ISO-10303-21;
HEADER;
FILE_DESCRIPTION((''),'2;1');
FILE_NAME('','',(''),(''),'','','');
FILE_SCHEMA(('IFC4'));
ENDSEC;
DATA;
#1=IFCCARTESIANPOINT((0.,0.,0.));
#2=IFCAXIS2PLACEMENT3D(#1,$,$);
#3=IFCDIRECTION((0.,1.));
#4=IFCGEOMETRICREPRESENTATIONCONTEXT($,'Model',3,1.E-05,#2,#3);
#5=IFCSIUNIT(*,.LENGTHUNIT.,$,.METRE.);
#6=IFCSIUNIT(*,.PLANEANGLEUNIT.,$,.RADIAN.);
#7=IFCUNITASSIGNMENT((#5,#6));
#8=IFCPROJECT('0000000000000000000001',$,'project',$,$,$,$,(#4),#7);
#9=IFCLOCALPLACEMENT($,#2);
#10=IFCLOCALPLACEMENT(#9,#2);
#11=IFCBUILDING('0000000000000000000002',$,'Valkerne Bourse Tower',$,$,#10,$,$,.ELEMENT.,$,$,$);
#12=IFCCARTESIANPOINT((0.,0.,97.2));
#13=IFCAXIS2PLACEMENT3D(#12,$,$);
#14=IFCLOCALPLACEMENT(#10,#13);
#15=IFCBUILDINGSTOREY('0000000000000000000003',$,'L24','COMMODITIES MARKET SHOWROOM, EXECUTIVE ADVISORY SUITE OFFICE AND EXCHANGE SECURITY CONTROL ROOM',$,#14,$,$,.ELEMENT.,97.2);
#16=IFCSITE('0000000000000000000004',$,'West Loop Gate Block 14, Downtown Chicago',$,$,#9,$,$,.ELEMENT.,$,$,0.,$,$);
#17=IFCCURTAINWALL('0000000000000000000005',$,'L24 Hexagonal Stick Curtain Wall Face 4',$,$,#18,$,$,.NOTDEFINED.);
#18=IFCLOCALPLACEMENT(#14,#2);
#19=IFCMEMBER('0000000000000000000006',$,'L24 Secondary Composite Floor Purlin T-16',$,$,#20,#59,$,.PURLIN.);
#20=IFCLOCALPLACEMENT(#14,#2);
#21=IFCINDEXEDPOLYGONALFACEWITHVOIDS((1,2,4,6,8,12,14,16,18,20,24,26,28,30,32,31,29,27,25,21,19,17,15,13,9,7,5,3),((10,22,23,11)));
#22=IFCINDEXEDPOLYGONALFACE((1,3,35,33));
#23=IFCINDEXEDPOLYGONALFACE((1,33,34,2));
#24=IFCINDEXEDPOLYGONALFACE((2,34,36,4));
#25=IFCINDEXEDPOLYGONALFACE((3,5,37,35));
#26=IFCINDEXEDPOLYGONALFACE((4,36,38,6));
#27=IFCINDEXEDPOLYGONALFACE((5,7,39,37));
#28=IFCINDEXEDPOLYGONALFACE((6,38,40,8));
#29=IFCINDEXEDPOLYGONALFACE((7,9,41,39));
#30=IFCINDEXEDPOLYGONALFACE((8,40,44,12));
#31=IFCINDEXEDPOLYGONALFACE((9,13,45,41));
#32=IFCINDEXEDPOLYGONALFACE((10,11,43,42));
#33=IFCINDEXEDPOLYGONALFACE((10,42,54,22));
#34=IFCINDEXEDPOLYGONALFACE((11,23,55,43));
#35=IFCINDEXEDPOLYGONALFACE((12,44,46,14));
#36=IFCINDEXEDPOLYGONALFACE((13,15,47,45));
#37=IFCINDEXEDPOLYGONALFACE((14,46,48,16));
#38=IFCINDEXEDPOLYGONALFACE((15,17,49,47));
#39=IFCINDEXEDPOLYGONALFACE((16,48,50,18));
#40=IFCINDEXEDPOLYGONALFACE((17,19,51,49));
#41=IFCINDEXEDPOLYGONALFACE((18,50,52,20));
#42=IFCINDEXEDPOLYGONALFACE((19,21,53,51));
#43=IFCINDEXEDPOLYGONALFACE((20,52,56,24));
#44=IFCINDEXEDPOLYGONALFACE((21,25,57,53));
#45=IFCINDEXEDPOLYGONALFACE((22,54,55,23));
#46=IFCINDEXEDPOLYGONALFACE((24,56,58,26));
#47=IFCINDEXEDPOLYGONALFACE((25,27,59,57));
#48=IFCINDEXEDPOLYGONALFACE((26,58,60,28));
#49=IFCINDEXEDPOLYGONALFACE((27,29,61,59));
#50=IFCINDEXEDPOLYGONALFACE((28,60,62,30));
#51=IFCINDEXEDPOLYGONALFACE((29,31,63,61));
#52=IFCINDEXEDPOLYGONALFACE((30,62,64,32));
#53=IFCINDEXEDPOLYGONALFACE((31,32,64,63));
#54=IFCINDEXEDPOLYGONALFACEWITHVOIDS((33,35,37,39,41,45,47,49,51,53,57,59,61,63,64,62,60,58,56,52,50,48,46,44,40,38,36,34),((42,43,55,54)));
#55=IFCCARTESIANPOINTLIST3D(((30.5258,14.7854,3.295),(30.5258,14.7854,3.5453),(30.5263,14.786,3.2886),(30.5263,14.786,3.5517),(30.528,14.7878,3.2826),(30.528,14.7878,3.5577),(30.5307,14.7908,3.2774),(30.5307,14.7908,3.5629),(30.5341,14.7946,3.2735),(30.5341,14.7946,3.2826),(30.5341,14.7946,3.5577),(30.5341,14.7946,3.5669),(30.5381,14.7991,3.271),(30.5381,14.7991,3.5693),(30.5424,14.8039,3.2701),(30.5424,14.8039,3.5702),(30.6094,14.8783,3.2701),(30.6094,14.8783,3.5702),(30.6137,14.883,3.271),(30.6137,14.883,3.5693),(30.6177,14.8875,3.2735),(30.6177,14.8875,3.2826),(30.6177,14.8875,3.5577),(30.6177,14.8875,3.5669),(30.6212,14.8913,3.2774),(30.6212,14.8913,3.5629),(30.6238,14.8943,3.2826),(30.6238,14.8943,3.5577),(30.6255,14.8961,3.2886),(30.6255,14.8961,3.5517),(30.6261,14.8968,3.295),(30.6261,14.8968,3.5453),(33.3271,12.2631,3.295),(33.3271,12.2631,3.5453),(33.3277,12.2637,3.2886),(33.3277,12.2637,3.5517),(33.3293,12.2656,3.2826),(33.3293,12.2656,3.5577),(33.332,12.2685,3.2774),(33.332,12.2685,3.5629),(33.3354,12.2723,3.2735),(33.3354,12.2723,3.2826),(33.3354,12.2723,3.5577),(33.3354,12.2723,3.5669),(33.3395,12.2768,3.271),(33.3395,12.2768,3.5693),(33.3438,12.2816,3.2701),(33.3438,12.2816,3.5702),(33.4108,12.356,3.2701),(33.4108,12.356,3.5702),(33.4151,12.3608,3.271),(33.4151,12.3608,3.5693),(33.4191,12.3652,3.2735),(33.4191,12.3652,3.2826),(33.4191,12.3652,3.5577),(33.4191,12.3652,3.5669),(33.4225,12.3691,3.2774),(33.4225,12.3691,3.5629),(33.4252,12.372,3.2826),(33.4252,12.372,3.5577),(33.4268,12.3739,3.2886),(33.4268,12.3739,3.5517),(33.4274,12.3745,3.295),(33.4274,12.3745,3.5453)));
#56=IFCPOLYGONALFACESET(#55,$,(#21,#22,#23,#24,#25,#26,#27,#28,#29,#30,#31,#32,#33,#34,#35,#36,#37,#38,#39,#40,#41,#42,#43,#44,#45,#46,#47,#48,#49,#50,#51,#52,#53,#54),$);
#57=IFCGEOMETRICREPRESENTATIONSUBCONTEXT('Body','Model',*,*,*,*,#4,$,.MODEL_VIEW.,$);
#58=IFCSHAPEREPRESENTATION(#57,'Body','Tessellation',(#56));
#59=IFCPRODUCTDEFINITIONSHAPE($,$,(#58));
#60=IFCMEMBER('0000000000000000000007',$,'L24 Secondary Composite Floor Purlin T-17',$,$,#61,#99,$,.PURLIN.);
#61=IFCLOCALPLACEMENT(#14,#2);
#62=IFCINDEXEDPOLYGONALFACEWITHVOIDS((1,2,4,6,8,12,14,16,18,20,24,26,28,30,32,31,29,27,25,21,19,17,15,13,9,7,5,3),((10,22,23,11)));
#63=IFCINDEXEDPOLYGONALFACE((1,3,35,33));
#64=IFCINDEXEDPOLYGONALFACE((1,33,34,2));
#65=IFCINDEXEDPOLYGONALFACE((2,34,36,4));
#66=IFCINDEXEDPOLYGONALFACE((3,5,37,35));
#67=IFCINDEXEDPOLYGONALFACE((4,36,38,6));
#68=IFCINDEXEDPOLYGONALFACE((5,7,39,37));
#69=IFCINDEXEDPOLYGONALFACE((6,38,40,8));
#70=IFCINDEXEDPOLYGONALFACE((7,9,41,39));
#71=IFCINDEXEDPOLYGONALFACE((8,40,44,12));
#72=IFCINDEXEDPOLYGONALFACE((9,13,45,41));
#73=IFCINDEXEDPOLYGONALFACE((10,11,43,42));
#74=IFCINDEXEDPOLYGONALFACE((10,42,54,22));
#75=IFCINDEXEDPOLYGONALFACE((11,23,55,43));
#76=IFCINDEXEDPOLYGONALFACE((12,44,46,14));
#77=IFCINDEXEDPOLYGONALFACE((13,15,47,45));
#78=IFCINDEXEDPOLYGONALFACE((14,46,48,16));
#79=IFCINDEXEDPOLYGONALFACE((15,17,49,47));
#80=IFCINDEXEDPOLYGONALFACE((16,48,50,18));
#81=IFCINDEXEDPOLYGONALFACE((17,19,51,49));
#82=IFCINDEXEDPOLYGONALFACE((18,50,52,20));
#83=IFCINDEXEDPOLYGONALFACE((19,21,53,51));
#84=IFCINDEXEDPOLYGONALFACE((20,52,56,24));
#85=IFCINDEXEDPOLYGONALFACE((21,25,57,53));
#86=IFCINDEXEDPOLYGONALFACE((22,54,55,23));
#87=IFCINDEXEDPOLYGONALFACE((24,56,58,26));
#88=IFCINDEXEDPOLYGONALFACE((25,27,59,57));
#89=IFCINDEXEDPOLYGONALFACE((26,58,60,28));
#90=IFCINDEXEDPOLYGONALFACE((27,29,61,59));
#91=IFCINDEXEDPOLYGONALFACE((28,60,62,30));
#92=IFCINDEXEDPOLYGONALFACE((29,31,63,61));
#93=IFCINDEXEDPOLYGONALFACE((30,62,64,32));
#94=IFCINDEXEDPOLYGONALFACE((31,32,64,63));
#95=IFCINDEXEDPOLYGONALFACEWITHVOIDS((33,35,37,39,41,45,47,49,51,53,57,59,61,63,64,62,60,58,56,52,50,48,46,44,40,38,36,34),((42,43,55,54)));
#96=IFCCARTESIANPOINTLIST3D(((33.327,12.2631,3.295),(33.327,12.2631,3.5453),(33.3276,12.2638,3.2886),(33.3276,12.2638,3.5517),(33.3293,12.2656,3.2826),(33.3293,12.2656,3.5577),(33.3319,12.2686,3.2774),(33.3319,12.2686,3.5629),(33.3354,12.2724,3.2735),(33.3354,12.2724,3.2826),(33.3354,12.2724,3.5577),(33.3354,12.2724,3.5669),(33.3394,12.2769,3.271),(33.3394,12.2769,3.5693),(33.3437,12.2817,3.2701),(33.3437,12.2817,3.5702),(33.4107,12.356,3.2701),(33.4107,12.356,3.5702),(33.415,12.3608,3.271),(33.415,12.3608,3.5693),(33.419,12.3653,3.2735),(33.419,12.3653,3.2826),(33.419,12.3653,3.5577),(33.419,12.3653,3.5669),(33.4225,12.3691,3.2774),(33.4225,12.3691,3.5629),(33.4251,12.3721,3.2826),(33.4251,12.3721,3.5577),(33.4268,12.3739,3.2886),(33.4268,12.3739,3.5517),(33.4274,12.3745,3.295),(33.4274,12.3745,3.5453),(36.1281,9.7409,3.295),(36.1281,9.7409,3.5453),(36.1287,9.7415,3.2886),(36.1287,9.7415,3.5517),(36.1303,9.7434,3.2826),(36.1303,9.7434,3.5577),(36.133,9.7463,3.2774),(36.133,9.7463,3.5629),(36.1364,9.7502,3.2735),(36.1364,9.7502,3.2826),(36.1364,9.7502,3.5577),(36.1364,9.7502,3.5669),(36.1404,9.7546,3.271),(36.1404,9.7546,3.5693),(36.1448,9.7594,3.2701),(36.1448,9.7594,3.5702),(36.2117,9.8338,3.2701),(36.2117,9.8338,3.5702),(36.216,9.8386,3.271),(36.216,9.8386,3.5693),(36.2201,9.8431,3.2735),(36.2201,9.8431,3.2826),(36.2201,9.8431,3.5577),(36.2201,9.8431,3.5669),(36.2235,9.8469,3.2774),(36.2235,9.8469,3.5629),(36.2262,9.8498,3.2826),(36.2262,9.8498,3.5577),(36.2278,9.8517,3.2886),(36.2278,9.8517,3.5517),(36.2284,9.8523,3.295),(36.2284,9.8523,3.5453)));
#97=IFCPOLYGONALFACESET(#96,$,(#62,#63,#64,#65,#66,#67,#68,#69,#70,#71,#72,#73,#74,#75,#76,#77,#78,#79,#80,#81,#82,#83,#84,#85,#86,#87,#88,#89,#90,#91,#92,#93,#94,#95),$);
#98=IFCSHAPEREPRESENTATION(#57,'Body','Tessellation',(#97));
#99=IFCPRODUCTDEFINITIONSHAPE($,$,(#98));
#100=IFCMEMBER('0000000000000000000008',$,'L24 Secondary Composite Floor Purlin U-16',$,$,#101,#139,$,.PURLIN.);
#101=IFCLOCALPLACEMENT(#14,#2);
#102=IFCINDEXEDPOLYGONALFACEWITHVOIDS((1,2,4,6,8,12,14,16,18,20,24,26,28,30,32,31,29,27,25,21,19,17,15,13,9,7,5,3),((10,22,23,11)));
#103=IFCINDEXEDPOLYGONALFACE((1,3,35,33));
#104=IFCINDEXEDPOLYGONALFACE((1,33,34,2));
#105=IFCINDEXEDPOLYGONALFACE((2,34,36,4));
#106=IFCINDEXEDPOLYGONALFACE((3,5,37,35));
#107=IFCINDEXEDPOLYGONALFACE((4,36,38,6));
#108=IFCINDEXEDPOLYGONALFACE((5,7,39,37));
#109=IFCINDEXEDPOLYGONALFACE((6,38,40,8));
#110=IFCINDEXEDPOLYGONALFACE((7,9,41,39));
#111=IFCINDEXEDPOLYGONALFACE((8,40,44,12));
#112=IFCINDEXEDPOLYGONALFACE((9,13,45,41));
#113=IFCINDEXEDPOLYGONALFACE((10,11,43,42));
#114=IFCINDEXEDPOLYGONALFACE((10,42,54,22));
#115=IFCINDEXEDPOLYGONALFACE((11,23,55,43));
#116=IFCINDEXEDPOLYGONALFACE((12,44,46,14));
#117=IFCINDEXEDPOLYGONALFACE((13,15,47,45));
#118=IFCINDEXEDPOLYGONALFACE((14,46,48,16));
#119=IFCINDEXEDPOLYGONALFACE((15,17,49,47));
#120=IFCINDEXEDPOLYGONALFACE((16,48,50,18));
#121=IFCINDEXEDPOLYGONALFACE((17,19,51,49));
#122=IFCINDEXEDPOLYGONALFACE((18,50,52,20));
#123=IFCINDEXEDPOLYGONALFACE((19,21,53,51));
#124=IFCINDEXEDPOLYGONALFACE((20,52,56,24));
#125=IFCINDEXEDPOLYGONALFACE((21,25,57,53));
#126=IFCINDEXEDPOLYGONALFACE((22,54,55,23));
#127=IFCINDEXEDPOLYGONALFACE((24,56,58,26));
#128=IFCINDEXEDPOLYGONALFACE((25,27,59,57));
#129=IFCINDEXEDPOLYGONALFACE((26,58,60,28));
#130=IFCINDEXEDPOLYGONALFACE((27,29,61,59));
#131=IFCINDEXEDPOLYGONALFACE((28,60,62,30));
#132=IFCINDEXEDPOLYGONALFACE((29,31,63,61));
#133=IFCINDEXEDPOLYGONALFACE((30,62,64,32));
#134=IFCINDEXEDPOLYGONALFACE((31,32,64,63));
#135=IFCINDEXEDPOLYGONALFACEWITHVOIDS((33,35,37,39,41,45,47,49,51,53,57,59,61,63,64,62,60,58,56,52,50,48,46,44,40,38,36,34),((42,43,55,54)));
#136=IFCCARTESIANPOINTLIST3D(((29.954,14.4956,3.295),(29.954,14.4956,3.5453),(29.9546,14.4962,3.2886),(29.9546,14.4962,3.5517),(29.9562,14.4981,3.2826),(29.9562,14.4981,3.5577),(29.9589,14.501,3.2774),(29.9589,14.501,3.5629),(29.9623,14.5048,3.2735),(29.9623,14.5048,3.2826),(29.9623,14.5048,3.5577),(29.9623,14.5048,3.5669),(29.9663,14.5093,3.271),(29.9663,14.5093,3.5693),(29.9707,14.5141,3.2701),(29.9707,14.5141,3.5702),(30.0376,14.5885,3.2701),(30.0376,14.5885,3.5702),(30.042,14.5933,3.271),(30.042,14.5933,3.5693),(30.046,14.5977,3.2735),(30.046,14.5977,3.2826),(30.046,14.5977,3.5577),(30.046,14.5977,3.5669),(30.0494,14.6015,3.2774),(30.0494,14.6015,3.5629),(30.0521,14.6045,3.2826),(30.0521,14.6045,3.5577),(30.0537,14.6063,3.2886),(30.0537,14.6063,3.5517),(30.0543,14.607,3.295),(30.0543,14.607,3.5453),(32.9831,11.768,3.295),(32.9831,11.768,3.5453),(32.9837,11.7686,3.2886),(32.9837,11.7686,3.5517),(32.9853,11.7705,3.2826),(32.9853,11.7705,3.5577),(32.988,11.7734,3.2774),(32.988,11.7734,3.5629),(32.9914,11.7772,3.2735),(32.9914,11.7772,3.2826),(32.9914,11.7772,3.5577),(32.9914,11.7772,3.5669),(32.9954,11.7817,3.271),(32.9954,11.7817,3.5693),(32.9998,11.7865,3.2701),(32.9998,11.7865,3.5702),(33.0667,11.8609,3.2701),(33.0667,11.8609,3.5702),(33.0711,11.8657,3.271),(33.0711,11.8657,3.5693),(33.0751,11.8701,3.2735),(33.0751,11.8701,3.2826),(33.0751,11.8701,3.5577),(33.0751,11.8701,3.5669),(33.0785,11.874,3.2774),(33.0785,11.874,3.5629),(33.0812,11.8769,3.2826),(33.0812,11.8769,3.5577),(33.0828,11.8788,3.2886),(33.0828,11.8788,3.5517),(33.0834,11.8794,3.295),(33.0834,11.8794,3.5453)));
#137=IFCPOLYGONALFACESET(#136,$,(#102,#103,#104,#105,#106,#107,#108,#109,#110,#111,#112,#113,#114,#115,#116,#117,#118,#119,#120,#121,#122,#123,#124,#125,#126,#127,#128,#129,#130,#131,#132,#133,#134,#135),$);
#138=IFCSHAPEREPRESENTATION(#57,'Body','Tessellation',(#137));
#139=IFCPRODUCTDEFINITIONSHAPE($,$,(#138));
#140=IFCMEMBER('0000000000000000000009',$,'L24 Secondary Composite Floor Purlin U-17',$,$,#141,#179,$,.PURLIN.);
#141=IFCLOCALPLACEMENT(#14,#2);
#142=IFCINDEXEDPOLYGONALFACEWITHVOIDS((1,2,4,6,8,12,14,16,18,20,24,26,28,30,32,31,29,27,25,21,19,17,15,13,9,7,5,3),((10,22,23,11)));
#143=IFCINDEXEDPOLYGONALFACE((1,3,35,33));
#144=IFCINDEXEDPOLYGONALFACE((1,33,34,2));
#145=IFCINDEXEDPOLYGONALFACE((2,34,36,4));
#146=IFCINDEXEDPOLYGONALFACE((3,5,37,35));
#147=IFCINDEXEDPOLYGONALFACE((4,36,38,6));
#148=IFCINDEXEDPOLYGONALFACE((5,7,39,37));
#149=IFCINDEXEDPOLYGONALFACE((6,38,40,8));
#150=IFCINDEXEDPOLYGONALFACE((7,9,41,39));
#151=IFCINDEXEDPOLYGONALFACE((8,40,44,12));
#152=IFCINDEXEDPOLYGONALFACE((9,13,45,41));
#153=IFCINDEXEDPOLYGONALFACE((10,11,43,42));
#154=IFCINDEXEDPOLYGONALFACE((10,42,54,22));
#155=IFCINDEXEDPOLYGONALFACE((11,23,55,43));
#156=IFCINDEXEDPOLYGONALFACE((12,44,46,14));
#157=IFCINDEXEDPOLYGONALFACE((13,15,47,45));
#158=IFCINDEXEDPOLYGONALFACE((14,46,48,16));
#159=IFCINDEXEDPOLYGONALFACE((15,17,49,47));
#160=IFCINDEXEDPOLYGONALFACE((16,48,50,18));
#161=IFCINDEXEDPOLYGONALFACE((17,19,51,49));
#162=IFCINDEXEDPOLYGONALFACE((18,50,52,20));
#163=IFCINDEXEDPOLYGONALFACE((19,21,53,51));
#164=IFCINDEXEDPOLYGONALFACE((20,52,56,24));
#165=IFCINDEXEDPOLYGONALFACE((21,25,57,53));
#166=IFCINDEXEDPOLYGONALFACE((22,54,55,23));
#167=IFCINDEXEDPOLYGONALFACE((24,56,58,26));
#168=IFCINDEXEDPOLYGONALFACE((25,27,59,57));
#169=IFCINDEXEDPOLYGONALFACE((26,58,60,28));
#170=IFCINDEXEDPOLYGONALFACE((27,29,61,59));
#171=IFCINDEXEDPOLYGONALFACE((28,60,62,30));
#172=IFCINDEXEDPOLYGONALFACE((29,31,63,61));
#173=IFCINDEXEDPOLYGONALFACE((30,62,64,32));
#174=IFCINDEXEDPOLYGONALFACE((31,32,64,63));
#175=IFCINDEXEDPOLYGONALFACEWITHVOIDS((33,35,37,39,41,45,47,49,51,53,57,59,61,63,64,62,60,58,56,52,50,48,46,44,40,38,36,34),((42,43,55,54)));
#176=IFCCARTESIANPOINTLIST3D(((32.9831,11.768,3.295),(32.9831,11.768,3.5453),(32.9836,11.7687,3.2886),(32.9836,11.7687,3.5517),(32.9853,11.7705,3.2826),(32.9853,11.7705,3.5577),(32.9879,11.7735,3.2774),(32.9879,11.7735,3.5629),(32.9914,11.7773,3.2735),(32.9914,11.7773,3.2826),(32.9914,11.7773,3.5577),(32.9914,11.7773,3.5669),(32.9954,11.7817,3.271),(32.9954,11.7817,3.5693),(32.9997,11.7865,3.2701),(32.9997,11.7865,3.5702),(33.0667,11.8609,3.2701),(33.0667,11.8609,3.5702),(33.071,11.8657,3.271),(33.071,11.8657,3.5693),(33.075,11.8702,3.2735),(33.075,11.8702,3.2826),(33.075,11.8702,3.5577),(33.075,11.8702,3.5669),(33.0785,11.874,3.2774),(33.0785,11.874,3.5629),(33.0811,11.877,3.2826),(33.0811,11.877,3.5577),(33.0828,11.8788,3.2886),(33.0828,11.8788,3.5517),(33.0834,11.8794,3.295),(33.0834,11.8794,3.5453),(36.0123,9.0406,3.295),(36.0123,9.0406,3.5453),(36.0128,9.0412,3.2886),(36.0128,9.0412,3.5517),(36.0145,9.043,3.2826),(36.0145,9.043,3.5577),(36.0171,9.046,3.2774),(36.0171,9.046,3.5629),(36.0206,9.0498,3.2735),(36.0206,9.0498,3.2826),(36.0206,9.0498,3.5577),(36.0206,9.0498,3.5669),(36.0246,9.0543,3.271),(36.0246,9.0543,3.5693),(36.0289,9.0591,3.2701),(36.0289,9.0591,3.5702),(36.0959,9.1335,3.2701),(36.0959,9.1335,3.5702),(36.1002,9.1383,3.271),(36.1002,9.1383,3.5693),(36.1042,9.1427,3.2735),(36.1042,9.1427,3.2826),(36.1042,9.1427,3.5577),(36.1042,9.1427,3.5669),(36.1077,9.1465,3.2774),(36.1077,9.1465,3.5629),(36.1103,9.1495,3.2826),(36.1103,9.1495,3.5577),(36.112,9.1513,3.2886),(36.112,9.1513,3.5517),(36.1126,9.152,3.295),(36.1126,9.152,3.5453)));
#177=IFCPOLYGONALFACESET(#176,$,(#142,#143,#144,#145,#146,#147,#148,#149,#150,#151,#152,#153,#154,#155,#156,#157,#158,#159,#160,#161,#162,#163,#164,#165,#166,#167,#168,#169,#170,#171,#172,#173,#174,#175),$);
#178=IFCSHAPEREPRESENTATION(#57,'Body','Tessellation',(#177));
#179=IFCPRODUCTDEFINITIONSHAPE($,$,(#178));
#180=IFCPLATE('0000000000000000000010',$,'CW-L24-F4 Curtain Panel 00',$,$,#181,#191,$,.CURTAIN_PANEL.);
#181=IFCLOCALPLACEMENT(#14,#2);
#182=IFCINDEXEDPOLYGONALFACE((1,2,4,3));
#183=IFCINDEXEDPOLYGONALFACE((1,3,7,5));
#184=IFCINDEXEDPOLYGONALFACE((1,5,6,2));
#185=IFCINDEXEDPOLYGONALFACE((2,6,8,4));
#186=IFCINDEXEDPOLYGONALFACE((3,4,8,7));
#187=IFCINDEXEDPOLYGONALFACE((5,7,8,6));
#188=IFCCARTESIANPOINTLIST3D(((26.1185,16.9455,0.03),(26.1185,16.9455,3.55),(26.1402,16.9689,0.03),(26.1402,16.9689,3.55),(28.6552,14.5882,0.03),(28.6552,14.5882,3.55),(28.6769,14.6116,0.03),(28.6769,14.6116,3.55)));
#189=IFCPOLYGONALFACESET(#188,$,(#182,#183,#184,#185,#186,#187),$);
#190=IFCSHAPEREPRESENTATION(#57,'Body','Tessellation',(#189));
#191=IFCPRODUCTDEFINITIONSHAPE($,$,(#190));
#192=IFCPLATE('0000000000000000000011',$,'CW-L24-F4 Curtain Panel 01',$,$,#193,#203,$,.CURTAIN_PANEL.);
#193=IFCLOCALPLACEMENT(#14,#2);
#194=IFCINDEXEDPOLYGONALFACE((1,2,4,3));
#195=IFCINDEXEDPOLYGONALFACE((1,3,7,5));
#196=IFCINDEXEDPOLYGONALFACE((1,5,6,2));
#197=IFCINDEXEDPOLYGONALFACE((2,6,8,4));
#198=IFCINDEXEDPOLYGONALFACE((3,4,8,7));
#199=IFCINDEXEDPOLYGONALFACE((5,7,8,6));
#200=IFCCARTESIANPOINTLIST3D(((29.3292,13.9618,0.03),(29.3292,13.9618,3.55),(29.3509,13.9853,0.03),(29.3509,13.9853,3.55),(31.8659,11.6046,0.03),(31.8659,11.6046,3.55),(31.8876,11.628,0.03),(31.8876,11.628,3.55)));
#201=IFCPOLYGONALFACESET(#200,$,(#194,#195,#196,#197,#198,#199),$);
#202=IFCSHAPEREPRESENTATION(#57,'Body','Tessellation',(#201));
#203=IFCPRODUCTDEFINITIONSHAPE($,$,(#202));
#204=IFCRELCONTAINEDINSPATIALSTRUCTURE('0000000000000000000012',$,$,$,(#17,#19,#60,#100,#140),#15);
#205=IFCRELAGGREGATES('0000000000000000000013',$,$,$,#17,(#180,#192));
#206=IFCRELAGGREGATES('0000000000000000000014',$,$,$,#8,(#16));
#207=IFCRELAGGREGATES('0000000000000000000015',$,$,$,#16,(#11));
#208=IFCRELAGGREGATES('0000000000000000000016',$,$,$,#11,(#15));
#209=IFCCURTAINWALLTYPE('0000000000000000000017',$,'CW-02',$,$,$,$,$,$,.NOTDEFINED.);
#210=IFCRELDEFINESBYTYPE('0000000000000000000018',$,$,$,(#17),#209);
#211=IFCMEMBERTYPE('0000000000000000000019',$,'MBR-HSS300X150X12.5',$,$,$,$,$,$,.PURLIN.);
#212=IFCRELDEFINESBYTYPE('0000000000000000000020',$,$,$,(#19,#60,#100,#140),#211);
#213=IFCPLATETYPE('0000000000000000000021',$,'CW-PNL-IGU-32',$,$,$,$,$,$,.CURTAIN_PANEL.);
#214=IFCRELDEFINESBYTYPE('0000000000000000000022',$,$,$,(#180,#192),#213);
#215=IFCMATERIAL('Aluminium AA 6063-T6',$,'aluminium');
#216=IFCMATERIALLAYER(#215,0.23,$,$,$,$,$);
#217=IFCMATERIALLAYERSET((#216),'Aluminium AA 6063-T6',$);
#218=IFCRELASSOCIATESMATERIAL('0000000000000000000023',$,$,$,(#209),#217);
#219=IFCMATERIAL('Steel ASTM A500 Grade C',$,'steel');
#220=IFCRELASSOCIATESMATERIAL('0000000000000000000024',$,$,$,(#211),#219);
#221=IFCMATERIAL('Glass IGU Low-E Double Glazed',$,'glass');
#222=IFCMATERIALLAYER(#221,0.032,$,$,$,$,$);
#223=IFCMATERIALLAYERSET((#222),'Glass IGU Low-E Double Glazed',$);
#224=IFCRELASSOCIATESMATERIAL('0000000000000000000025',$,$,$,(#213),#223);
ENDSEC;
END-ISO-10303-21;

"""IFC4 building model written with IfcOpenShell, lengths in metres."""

from ifc_helpers import new_model, si_unit, direction, frame, origin, origin_2d, place, context, subcontext, project, spatial, rectangle, hollow_rectangle, extrude, material, layer, layer_set, material_profile, profile_set, type_object, element, aggregate, save


model = new_model("IFC4")

# Units and contexts
model_context = context("Model", 3, precision=1e-05, world=origin(), true_north=direction((0.0, 1.0)))
body_context = subcontext(model_context, "Body", "Model", "MODEL_VIEW")
ifc_project = project(units=[si_unit("LENGTHUNIT", "METRE"), si_unit("PLANEANGLEUNIT", "RADIAN")], contexts=[model_context])

# Site, building, storey
site_placement = place(None, origin())
site = spatial("IfcSite", under=ifc_project, at=site_placement, Name="West Loop Gate Block 14, Downtown Chicago", CompositionType="ELEMENT", RefElevation=0.0)
building_placement = place(site_placement, origin())
building = spatial("IfcBuilding", under=site, at=building_placement, Name="Valkerne Bourse Tower", CompositionType="ELEMENT")
storey_placement = place(building_placement, frame((0.0, 0.0, 97.2)))
storey = spatial("IfcBuildingStorey", under=building, at=storey_placement, Name="L24", Description="COMMODITIES MARKET SHOWROOM, EXECUTIVE ADVISORY SUITE OFFICE AND EXCHANGE SECURITY CONTROL ROOM", CompositionType="ELEMENT", Elevation=97.2)

# Curtain wall
ifc_material_1 = material(Name="Aluminium AA 6063-T6", Category="aluminium")
ifc_layer_1 = layer(ifc_material_1, 0.23)
ifc_layer_set_1 = layer_set([ifc_layer_1], Name="Aluminium AA 6063-T6")
curtain_wall_type = type_object("IfcCurtainWallType", Name="CW-02", PredefinedType="NOTDEFINED", material=ifc_layer_set_1)
curtain_wall_placement = place(storey_placement, origin())
curtain_wall = element("IfcCurtainWall", 1, at=curtain_wall_placement, inside=storey, type_object=curtain_wall_type, Name="L24 Hexagonal Stick Curtain Wall Face 4", PredefinedType="NOTDEFINED")

# Members
ifc_material_2 = material(Name="Steel ASTM A500 Grade C", Category="steel")
ifc_material_profile_1 = material_profile(ifc_material_2, hollow_rectangle(XDim=0.1499, YDim=0.3, WallThickness=0.0125, OuterFilletRadius=0.0249, at=origin_2d()), Name="HSS300X150X12.5")
ifc_profile_set_1 = profile_set([ifc_material_profile_1], Name="Steel ASTM A500 Grade C")
member_type_1 = type_object("IfcMemberType", Name="MBR-HSS300X150X12.5", PredefinedType="PURLIN", material=ifc_profile_set_1)
member_1_placement = place(storey_placement, frame((30.5759, 14.8411, 3.4202), z_axis=(0.743152, -0.669122, 0.0), x_axis=(0.669122, 0.743152, 0.0)))
element("IfcMember", 2, at=member_1_placement, inside=storey, type_object=member_type_1, Name="L24 Secondary Composite Floor Purlin T-16", PredefinedType="PURLIN", context=body_context, shape_type="SweptSolid", body=[
    extrude(hollow_rectangle(XDim=0.1499, YDim=0.3, WallThickness=0.0125, OuterFilletRadius=0.0249, at=origin_2d()), origin(), (0.0, 0.0, 1.0), 3.7695),
])
member_2_placement = place(storey_placement, frame((33.3772, 12.3188, 3.4202), z_axis=(0.743123, -0.669154, 0.0), x_axis=(0.669154, 0.743123, 0.0)))
element("IfcMember", 3, at=member_2_placement, inside=storey, type_object=member_type_1, Name="L24 Secondary Composite Floor Purlin T-17", PredefinedType="PURLIN", context=body_context, shape_type="SweptSolid", body=[
    extrude(hollow_rectangle(XDim=0.1499, YDim=0.3, WallThickness=0.0125, OuterFilletRadius=0.0249, at=origin_2d()), origin(), (0.0, 0.0, 1.0), 3.7693),
])
for number, where, z_axis, x_axis, name in (
    (4, (30.0042, 14.5513, 3.4202), (0.743124, -0.669153, 0.0), (0.669153, 0.743124, 0.0), "L24 Secondary Composite Floor Purlin U-16"),
    (5, (33.0332, 11.8237, 3.4202), (0.743151, -0.669124, 0.0), (0.669124, 0.743151, 0.0), "L24 Secondary Composite Floor Purlin U-17"),
):
    element("IfcMember", number, at=place(storey_placement, frame(where, z_axis=z_axis, x_axis=x_axis)), inside=storey, type_object=member_type_1, Name=name, PredefinedType="PURLIN", context=body_context, shape_type="SweptSolid", body=[
        extrude(hollow_rectangle(XDim=0.1499, YDim=0.3, WallThickness=0.0125, OuterFilletRadius=0.0249, at=origin_2d()), origin(), (0.0, 0.0, 1.0), 4.0762),
    ])

# Plates
ifc_material_3 = material(Name="Glass IGU Low-E Double Glazed", Category="glass")
ifc_layer_2 = layer(ifc_material_3, 0.032)
ifc_layer_set_2 = layer_set([ifc_layer_2], Name="Glass IGU Low-E Double Glazed")
plate_type = type_object("IfcPlateType", Name="CW-PNL-IGU-32", PredefinedType="CURTAIN_PANEL", material=ifc_layer_set_2)
plate_1_placement = place(storey_placement, frame((27.3977, 15.7786, 0.03), z_axis=(0.0, 0.0, 1.0), x_axis=(0.732539, -0.680725, 0.0)))
plate_1 = element("IfcPlate", 6, at=plate_1_placement, type_object=plate_type, Name="CW-L24-F4 Curtain Panel 00", PredefinedType="CURTAIN_PANEL", context=body_context, shape_type="SweptSolid", body=[
    extrude(rectangle(XDim=3.4629, YDim=0.032, at=origin_2d()), origin(), (0.0, 0.0, 1.0), 3.52),
])
plate_2_placement = place(storey_placement, frame((30.6084, 12.7949, 0.03), z_axis=(0.0, 0.0, 1.0), x_axis=(0.732539, -0.680725, 0.0)))
plate_2 = element("IfcPlate", 7, at=plate_2_placement, type_object=plate_type, Name="CW-L24-F4 Curtain Panel 01", PredefinedType="CURTAIN_PANEL", context=body_context, shape_type="SweptSolid", body=[
    extrude(rectangle(XDim=3.4629, YDim=0.032, at=origin_2d()), origin(), (0.0, 0.0, 1.0), 3.52),
])
aggregate(curtain_wall, [plate_1, plate_2])

save(model, "model.ifc")
